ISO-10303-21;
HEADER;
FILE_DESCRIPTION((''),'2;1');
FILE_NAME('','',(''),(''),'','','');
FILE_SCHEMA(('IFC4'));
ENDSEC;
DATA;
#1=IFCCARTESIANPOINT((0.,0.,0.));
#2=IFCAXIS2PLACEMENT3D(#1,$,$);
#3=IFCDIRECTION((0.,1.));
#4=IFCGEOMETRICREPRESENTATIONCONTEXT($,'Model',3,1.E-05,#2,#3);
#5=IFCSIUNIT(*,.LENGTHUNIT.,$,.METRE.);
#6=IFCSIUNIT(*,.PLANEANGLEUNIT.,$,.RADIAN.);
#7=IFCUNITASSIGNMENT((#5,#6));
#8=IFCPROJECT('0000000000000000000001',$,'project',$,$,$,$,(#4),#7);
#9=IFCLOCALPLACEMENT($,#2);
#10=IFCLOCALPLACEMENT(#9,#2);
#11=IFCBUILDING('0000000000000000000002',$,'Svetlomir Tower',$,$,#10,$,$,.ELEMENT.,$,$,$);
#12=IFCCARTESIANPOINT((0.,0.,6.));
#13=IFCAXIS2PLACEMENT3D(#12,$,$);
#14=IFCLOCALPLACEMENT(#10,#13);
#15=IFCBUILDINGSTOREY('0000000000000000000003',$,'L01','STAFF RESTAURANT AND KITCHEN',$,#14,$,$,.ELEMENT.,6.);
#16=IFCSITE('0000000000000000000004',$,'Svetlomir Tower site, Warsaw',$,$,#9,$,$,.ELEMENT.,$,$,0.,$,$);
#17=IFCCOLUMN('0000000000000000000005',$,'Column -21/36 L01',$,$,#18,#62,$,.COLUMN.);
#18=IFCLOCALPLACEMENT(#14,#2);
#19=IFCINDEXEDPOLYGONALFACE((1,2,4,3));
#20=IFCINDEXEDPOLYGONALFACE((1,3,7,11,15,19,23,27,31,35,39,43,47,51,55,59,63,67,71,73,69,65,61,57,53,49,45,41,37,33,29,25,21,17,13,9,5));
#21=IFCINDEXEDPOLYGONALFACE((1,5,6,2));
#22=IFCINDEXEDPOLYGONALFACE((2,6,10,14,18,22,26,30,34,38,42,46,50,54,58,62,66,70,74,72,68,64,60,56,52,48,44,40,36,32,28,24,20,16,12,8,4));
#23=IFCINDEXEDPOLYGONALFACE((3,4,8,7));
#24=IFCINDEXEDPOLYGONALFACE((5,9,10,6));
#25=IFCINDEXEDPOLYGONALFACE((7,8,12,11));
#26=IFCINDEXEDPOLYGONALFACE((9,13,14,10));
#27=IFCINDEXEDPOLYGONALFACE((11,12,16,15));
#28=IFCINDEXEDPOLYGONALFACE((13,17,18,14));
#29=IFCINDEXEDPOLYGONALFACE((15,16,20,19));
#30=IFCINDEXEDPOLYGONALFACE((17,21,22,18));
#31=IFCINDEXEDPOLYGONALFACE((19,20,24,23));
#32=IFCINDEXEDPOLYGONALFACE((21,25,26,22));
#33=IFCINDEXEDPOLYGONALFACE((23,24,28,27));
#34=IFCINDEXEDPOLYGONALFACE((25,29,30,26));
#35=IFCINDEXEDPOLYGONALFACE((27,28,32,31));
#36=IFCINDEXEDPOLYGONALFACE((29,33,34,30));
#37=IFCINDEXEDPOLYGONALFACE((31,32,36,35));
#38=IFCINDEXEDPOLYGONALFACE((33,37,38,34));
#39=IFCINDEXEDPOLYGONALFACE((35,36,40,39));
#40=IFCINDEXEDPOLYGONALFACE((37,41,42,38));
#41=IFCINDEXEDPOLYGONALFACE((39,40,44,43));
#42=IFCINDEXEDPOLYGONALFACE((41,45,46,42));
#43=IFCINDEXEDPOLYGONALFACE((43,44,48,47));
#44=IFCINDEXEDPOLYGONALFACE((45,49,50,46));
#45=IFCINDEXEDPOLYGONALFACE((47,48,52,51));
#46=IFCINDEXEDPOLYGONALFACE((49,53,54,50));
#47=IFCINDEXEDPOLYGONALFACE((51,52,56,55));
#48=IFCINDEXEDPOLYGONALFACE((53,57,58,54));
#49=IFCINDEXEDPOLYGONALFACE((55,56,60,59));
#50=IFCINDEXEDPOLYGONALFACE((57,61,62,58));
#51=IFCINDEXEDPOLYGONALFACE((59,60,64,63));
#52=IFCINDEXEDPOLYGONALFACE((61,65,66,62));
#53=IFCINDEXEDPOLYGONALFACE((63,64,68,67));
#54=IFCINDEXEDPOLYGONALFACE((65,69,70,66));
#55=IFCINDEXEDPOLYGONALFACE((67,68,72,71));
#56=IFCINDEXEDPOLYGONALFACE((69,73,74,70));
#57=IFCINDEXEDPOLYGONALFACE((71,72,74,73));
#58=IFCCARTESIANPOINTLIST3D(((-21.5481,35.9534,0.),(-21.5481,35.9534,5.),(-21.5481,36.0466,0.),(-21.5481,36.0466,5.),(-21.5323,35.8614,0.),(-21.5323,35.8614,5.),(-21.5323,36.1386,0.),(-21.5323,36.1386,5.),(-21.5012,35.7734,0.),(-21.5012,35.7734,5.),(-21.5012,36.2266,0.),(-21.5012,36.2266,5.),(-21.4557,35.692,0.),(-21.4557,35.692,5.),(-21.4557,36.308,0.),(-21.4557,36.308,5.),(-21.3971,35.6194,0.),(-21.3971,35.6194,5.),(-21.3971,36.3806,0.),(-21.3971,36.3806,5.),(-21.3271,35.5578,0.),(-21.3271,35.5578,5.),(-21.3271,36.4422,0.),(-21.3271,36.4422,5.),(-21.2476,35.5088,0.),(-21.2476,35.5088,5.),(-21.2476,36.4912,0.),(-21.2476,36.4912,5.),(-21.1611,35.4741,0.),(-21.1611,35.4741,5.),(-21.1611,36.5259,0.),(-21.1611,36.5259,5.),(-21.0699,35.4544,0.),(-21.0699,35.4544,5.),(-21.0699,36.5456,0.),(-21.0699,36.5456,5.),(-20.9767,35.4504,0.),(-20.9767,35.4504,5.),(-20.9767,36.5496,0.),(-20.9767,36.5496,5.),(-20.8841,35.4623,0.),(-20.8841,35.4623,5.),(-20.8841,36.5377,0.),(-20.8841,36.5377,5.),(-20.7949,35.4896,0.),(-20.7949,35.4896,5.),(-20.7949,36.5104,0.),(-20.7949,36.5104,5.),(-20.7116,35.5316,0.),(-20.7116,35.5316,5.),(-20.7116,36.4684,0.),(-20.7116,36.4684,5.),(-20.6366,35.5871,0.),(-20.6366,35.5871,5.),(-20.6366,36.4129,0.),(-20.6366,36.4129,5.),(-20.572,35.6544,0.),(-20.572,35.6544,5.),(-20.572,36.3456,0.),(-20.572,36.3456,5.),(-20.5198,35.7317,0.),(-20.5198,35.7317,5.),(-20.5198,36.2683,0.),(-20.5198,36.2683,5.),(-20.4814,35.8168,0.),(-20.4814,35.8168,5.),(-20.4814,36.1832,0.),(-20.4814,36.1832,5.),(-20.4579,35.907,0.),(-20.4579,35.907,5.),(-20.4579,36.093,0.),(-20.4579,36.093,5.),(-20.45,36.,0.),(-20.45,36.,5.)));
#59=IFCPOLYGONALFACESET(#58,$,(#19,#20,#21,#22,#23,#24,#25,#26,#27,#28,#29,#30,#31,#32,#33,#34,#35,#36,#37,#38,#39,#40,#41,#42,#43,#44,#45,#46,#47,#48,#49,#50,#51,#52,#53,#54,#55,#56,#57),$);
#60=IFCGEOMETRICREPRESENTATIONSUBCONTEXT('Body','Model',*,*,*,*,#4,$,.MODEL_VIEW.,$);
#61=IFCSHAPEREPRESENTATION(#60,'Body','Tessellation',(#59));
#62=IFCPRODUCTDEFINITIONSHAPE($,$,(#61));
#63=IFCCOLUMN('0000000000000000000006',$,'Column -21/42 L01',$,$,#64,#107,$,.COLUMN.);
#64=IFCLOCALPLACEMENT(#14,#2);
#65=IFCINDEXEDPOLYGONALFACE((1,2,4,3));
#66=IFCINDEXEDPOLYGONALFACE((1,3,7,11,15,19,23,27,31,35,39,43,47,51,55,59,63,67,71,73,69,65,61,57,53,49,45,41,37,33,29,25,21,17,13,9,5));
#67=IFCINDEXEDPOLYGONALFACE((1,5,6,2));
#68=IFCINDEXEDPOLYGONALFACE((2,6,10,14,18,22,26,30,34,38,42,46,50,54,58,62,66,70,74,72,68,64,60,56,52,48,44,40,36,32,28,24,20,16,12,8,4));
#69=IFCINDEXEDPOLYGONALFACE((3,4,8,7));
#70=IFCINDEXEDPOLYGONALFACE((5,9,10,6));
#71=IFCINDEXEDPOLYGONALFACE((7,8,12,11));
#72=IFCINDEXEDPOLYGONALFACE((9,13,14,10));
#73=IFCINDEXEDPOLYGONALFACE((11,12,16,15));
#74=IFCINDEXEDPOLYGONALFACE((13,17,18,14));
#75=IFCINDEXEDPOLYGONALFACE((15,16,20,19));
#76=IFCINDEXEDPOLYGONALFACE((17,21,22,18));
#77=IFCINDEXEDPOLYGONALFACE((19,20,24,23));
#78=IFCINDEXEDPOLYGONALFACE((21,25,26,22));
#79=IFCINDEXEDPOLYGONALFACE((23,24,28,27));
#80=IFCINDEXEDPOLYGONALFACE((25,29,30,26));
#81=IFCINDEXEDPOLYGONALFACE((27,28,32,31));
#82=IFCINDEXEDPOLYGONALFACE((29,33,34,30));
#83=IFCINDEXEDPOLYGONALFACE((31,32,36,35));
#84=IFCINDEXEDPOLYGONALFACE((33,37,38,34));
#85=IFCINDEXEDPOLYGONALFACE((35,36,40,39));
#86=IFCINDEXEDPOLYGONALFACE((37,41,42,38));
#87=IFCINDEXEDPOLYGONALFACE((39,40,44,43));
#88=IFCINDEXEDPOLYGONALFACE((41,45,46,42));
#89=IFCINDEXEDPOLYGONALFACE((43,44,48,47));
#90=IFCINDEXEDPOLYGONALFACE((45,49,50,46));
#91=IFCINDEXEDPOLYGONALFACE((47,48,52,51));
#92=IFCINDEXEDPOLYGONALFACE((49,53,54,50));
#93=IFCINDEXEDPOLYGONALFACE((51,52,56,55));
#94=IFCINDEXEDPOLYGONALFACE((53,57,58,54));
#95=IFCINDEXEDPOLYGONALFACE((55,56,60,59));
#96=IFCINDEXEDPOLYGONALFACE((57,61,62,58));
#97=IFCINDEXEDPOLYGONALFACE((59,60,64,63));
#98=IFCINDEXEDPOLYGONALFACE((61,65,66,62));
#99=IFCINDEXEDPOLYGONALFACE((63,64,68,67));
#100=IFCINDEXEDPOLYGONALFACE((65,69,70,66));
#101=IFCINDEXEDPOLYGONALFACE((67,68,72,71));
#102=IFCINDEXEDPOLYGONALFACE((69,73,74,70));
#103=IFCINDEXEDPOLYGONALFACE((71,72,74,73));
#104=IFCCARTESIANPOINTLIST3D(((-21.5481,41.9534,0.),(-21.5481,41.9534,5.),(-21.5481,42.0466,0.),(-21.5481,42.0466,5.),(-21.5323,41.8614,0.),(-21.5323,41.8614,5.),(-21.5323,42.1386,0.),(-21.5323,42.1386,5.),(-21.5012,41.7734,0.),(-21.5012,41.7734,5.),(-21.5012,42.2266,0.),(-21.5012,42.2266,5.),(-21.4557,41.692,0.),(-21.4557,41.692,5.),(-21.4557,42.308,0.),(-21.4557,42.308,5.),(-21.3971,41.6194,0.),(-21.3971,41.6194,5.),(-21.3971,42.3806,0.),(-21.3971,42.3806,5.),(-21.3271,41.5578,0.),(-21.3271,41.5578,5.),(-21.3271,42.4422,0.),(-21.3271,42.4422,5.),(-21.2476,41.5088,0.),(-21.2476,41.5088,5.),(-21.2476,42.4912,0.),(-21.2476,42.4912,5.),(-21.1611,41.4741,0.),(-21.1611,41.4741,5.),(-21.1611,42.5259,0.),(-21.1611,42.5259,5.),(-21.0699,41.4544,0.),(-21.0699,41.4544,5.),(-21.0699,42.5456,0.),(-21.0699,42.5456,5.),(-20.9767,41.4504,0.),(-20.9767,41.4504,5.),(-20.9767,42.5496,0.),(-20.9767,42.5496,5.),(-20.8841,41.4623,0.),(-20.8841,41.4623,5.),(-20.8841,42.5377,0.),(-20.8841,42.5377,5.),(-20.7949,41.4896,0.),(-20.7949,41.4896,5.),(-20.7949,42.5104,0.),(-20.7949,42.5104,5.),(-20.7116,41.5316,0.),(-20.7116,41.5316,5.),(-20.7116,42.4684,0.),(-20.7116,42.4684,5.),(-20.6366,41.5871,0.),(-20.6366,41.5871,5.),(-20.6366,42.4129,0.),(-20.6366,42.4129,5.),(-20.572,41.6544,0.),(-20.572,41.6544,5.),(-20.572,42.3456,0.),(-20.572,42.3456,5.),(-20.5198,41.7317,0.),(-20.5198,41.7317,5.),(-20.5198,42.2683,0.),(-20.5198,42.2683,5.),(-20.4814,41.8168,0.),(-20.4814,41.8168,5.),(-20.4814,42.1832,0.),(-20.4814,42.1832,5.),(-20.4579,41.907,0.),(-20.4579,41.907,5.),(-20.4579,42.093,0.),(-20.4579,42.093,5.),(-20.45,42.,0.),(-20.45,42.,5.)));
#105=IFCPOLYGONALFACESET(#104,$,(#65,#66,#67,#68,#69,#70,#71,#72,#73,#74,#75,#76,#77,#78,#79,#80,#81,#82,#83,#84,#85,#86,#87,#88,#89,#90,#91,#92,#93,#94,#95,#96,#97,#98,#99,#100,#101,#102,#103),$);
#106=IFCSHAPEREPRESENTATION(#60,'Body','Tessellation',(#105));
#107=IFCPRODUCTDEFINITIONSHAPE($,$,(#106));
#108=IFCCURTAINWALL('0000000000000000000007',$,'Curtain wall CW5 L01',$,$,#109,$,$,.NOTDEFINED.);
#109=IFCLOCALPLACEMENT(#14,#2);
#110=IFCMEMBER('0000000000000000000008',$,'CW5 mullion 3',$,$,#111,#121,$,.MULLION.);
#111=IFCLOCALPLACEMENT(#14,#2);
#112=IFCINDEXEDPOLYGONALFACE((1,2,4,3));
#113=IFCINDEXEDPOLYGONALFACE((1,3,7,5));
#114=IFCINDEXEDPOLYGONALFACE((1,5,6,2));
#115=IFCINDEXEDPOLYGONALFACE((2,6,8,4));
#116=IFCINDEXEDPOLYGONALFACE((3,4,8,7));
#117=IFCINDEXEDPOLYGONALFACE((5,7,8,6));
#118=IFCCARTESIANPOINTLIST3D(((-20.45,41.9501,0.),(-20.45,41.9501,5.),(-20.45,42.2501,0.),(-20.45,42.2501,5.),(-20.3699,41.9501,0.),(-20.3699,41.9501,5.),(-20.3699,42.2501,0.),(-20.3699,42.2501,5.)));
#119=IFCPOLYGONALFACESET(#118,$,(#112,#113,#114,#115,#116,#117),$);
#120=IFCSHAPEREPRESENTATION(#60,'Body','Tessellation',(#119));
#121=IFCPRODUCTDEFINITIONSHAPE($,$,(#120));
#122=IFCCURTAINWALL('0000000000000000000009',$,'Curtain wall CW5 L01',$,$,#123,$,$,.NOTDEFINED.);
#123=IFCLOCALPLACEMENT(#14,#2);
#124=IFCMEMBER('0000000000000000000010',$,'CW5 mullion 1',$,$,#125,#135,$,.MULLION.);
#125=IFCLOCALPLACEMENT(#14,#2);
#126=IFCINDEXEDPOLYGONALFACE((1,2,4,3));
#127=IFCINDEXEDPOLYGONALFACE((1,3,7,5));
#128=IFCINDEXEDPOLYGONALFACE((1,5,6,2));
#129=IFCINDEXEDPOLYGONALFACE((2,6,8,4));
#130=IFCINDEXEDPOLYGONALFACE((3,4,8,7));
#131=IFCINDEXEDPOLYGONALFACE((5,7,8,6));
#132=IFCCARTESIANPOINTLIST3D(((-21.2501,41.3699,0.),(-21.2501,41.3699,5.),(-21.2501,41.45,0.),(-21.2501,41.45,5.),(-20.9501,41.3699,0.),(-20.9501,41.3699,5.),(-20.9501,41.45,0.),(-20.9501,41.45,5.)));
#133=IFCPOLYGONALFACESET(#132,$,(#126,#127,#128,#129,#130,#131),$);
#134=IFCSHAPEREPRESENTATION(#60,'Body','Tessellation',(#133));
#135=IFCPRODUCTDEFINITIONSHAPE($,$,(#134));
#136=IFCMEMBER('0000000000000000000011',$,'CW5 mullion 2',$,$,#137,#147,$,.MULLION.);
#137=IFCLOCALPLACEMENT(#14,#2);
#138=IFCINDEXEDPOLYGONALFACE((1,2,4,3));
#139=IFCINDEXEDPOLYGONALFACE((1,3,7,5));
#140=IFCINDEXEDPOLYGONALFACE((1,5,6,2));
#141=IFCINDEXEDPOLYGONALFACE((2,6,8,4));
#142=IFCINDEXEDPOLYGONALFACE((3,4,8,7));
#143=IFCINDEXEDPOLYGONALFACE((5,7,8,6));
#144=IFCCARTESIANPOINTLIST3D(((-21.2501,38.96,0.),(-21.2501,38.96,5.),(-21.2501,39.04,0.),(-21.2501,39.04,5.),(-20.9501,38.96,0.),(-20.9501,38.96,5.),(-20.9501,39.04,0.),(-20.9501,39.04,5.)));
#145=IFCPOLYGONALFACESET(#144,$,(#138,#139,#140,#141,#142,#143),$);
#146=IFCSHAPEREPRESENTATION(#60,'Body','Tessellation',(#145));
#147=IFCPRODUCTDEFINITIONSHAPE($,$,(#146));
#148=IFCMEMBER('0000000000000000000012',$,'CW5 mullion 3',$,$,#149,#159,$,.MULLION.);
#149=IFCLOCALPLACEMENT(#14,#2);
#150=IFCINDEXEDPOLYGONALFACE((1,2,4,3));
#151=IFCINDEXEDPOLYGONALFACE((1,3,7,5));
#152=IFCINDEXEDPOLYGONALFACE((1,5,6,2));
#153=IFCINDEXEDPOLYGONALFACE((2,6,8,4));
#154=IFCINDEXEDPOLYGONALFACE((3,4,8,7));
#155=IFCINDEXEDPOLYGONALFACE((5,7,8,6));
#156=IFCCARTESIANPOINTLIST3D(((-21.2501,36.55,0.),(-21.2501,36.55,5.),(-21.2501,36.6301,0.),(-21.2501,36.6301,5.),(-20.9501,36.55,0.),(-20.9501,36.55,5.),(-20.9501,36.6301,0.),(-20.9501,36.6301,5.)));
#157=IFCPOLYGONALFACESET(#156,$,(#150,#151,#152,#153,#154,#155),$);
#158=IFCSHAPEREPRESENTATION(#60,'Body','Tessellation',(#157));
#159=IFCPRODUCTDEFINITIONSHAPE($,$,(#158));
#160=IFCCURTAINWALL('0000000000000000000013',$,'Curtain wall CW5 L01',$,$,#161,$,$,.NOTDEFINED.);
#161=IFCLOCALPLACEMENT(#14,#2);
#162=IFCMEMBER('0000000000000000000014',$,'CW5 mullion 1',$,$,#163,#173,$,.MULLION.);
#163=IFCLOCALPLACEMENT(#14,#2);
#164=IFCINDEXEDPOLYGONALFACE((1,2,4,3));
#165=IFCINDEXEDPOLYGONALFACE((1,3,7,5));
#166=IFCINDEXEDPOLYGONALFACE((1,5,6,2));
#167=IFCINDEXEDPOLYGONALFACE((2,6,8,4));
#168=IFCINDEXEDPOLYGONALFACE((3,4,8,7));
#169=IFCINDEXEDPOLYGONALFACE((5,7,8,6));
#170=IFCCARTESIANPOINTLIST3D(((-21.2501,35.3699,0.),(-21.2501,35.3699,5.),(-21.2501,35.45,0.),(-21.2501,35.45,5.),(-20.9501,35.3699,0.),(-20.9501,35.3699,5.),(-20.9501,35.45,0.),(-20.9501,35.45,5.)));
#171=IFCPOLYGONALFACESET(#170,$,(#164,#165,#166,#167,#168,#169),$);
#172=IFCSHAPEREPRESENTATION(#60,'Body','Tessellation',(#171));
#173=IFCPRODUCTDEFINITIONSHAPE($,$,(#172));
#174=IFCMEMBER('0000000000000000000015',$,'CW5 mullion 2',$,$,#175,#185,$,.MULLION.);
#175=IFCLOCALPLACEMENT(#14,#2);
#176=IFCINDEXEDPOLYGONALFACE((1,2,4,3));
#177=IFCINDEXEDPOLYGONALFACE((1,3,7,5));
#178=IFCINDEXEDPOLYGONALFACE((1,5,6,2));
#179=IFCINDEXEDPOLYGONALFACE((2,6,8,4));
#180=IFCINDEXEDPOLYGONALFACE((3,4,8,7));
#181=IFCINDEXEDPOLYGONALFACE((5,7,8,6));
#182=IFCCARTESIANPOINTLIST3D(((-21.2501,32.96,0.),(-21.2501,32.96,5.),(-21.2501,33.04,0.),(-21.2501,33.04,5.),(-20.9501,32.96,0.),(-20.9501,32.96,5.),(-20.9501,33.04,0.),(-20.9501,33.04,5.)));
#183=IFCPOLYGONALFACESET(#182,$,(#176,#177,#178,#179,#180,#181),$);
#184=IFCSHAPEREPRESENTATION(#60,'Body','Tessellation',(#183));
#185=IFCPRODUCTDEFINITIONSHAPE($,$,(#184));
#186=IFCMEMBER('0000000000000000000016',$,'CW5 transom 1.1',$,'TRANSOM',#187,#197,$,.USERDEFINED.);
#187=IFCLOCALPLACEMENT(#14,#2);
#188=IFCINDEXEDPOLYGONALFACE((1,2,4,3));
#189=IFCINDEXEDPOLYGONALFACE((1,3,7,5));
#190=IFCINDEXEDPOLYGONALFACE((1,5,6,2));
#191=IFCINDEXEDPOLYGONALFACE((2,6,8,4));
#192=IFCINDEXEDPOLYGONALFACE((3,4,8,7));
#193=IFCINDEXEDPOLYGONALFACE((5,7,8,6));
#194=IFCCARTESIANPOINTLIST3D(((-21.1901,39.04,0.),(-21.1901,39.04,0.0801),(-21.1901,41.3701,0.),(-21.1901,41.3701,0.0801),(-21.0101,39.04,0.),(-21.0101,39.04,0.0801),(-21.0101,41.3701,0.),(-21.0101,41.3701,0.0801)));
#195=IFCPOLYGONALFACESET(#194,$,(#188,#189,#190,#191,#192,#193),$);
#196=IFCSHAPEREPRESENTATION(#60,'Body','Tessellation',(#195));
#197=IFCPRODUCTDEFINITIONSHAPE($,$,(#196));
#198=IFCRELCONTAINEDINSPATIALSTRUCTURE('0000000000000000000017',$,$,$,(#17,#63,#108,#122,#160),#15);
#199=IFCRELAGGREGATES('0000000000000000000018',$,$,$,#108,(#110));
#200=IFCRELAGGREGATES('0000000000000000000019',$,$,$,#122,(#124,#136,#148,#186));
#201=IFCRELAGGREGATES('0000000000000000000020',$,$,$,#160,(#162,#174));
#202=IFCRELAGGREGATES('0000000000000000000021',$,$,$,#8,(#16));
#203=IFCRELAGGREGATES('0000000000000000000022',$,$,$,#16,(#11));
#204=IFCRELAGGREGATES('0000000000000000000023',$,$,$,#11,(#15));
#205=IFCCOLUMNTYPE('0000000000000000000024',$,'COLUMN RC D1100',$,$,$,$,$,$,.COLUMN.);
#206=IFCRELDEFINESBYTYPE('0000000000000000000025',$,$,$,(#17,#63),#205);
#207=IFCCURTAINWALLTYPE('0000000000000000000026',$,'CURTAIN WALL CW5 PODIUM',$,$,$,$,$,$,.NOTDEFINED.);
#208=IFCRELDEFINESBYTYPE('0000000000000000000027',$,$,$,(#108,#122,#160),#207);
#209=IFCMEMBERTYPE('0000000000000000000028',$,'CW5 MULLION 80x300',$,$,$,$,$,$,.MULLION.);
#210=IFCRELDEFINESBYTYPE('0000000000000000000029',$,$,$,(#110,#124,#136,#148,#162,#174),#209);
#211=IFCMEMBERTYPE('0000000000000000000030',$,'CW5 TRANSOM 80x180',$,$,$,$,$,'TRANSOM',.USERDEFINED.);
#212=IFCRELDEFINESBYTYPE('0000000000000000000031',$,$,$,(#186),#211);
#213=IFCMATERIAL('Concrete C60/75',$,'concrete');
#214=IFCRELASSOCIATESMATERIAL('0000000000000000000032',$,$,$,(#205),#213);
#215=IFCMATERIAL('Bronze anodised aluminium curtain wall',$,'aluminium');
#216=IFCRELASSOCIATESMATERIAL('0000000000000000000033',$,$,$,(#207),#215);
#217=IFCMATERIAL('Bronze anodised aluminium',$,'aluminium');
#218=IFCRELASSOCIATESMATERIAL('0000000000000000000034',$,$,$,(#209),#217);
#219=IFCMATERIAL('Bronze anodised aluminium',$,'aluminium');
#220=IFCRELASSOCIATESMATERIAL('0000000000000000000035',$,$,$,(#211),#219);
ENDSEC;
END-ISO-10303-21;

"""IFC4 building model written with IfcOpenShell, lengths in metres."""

from ifc_helpers import new_model, si_unit, direction, frame, origin, origin_2d, place, context, subcontext, project, spatial, rectangle, circle, extrude, material, material_profile, profile_set, type_object, element, aggregate, save


model = new_model("IFC4")

# Units and contexts
model_context = context("Model", 3, precision=1e-05, world=origin(), true_north=direction((0.0, 1.0)))
body_context = subcontext(model_context, "Body", "Model", "MODEL_VIEW")
ifc_project = project(units=[si_unit("LENGTHUNIT", "METRE"), si_unit("PLANEANGLEUNIT", "RADIAN")], contexts=[model_context])

# Site, building, storey
site_placement = place(None, origin())
site = spatial("IfcSite", under=ifc_project, at=site_placement, Name="Svetlomir Tower site, Warsaw", CompositionType="ELEMENT", RefElevation=0.0)
building_placement = place(site_placement, origin())
building = spatial("IfcBuilding", under=site, at=building_placement, Name="Svetlomir Tower", CompositionType="ELEMENT")
storey_placement = place(building_placement, frame((0.0, 0.0, 6.0)))
storey = spatial("IfcBuildingStorey", under=building, at=storey_placement, Name="L01", Description="STAFF RESTAURANT AND KITCHEN", CompositionType="ELEMENT", Elevation=6.0)

# Columns
ifc_material_1 = material(Name="Concrete C60/75", Category="concrete")
ifc_material_profile_1 = material_profile(ifc_material_1, circle(Radius=0.55, at=origin_2d()), Name="RC D1100")
ifc_profile_set_1 = profile_set([ifc_material_profile_1], Name="Concrete C60/75")
column_type = type_object("IfcColumnType", Name="COLUMN RC D1100", PredefinedType="COLUMN", material=ifc_profile_set_1)
for number, where, z_axis, x_axis, name in (
    (1, (-21.0, 36.0, 0.0), (0.0, 0.0, 1.0), (1.0, 0.0, 0.0), "Column -21/36 L01"),
    (2, (-21.0, 42.0, 0.0), (0.0, 0.0, 1.0), (1.0, 0.0, 0.0), "Column -21/42 L01"),
):
    element("IfcColumn", number, at=place(storey_placement, frame(where, z_axis=z_axis, x_axis=x_axis)), inside=storey, type_object=column_type, Name=name, PredefinedType="COLUMN", context=body_context, shape_type="SweptSolid", body=[
        extrude(circle(Radius=0.55, at=origin_2d()), origin(), (0.0, 0.0, 1.0), 5.0),
    ])

# Curtain wall, member
ifc_material_2 = material(Name="Bronze anodised aluminium curtain wall", Category="aluminium")
curtain_wall_type = type_object("IfcCurtainWallType", Name="CURTAIN WALL CW5 PODIUM", PredefinedType="NOTDEFINED", material=ifc_material_2)
curtain_wall_1_placement = place(storey_placement, origin())
curtain_wall_1 = element("IfcCurtainWall", 3, at=curtain_wall_1_placement, inside=storey, type_object=curtain_wall_type, Name="Curtain wall CW5 L01", PredefinedType="NOTDEFINED")
ifc_material_3 = material(Name="Bronze anodised aluminium", Category="aluminium")
ifc_material_profile_2 = material_profile(ifc_material_3, rectangle(XDim=0.0801, YDim=0.3, at=origin_2d()), Name="AL 80x300")
ifc_profile_set_2 = profile_set([ifc_material_profile_2], Name="Bronze anodised aluminium 6063-T6")
member_type_1 = type_object("IfcMemberType", Name="CW5 MULLION 80x300", PredefinedType="MULLION", material=ifc_profile_set_2)
member_1_placement = place(storey_placement, frame((-20.4099, 42.1001, 0.0), z_axis=(0.0, 0.0, 1.0), x_axis=(-1.0, 0.0, 0.0)))
member_1 = element("IfcMember", 4, at=member_1_placement, type_object=member_type_1, Name="CW5 mullion 3", PredefinedType="MULLION", context=body_context, shape_type="SweptSolid", body=[
    extrude(rectangle(XDim=0.0801, YDim=0.3, at=origin_2d()), origin(), (0.0, 0.0, 1.0), 5.0),
])
aggregate(curtain_wall_1, [member_1])

# Curtain walls, members
curtain_wall_2_placement = place(storey_placement, origin())
curtain_wall_2 = element("IfcCurtainWall", 5, at=curtain_wall_2_placement, inside=storey, type_object=curtain_wall_type, Name="Curtain wall CW5 L01", PredefinedType="NOTDEFINED")
member_2_placement = place(storey_placement, frame((-21.1001, 41.4099, 0.0), z_axis=(0.0, 0.0, 1.0), x_axis=(0.0, -1.0, 0.0)))
member_2 = element("IfcMember", 6, at=member_2_placement, type_object=member_type_1, Name="CW5 mullion 1", PredefinedType="MULLION", context=body_context, shape_type="SweptSolid", body=[
    extrude(rectangle(XDim=0.0801, YDim=0.3, at=origin_2d()), origin(), (0.0, 0.0, 1.0), 5.0),
])
member_3_placement = place(storey_placement, frame((-21.1001, 39.0, 0.0), z_axis=(0.0, 0.0, 1.0), x_axis=(0.0, -1.0, 0.0)))
member_3 = element("IfcMember", 7, at=member_3_placement, type_object=member_type_1, Name="CW5 mullion 2", PredefinedType="MULLION", context=body_context, shape_type="SweptSolid", body=[
    extrude(rectangle(XDim=0.0801, YDim=0.3, at=origin_2d()), origin(), (0.0, 0.0, 1.0), 5.0),
])
member_4_placement = place(storey_placement, frame((-21.1001, 36.5901, 0.0), z_axis=(0.0, 0.0, 1.0), x_axis=(0.0, -1.0, 0.0)))
member_4 = element("IfcMember", 8, at=member_4_placement, type_object=member_type_1, Name="CW5 mullion 3", PredefinedType="MULLION", context=body_context, shape_type="SweptSolid", body=[
    extrude(rectangle(XDim=0.0801, YDim=0.3, at=origin_2d()), origin(), (0.0, 0.0, 1.0), 5.0),
])
curtain_wall_3_placement = place(storey_placement, origin())
curtain_wall_3 = element("IfcCurtainWall", 9, at=curtain_wall_3_placement, inside=storey, type_object=curtain_wall_type, Name="Curtain wall CW5 L01", PredefinedType="NOTDEFINED")
member_5_placement = place(storey_placement, frame((-21.1001, 35.4099, 0.0), z_axis=(0.0, 0.0, 1.0), x_axis=(0.0, -1.0, 0.0)))
member_5 = element("IfcMember", 10, at=member_5_placement, type_object=member_type_1, Name="CW5 mullion 1", PredefinedType="MULLION", context=body_context, shape_type="SweptSolid", body=[
    extrude(rectangle(XDim=0.0801, YDim=0.3, at=origin_2d()), origin(), (0.0, 0.0, 1.0), 5.0),
])
member_6_placement = place(storey_placement, frame((-21.1001, 33.0, 0.0), z_axis=(0.0, 0.0, 1.0), x_axis=(0.0, -1.0, 0.0)))
member_6 = element("IfcMember", 11, at=member_6_placement, type_object=member_type_1, Name="CW5 mullion 2", PredefinedType="MULLION", context=body_context, shape_type="SweptSolid", body=[
    extrude(rectangle(XDim=0.0801, YDim=0.3, at=origin_2d()), origin(), (0.0, 0.0, 1.0), 5.0),
])

# Member
ifc_material_4 = material(Name="Bronze anodised aluminium", Category="aluminium")
ifc_material_profile_3 = material_profile(ifc_material_4, rectangle(XDim=0.1799, YDim=0.0801, at=origin_2d()), Name="AL 180x80")
ifc_profile_set_3 = profile_set([ifc_material_profile_3], Name="Bronze anodised aluminium 6063-T6")
member_type_2 = type_object("IfcMemberType", Name="CW5 TRANSOM 80x180", ElementType="TRANSOM", PredefinedType="USERDEFINED", material=ifc_profile_set_3)
member_7_placement = place(storey_placement, frame((-21.1001, 41.3701, 0.04), z_axis=(0.0, -1.0, 0.0), x_axis=(1.0, 0.0, 0.0)))
member_7 = element("IfcMember", 12, at=member_7_placement, type_object=member_type_2, Name="CW5 transom 1.1", ObjectType="TRANSOM", PredefinedType="USERDEFINED", context=body_context, shape_type="SweptSolid", body=[
    extrude(rectangle(XDim=0.1799, YDim=0.0801, at=origin_2d()), origin(), (0.0, 0.0, 1.0), 2.3301),
])

aggregate(curtain_wall_2, [member_2, member_3, member_4, member_7])
aggregate(curtain_wall_3, [member_5, member_6])

save(model, "model.ifc")
